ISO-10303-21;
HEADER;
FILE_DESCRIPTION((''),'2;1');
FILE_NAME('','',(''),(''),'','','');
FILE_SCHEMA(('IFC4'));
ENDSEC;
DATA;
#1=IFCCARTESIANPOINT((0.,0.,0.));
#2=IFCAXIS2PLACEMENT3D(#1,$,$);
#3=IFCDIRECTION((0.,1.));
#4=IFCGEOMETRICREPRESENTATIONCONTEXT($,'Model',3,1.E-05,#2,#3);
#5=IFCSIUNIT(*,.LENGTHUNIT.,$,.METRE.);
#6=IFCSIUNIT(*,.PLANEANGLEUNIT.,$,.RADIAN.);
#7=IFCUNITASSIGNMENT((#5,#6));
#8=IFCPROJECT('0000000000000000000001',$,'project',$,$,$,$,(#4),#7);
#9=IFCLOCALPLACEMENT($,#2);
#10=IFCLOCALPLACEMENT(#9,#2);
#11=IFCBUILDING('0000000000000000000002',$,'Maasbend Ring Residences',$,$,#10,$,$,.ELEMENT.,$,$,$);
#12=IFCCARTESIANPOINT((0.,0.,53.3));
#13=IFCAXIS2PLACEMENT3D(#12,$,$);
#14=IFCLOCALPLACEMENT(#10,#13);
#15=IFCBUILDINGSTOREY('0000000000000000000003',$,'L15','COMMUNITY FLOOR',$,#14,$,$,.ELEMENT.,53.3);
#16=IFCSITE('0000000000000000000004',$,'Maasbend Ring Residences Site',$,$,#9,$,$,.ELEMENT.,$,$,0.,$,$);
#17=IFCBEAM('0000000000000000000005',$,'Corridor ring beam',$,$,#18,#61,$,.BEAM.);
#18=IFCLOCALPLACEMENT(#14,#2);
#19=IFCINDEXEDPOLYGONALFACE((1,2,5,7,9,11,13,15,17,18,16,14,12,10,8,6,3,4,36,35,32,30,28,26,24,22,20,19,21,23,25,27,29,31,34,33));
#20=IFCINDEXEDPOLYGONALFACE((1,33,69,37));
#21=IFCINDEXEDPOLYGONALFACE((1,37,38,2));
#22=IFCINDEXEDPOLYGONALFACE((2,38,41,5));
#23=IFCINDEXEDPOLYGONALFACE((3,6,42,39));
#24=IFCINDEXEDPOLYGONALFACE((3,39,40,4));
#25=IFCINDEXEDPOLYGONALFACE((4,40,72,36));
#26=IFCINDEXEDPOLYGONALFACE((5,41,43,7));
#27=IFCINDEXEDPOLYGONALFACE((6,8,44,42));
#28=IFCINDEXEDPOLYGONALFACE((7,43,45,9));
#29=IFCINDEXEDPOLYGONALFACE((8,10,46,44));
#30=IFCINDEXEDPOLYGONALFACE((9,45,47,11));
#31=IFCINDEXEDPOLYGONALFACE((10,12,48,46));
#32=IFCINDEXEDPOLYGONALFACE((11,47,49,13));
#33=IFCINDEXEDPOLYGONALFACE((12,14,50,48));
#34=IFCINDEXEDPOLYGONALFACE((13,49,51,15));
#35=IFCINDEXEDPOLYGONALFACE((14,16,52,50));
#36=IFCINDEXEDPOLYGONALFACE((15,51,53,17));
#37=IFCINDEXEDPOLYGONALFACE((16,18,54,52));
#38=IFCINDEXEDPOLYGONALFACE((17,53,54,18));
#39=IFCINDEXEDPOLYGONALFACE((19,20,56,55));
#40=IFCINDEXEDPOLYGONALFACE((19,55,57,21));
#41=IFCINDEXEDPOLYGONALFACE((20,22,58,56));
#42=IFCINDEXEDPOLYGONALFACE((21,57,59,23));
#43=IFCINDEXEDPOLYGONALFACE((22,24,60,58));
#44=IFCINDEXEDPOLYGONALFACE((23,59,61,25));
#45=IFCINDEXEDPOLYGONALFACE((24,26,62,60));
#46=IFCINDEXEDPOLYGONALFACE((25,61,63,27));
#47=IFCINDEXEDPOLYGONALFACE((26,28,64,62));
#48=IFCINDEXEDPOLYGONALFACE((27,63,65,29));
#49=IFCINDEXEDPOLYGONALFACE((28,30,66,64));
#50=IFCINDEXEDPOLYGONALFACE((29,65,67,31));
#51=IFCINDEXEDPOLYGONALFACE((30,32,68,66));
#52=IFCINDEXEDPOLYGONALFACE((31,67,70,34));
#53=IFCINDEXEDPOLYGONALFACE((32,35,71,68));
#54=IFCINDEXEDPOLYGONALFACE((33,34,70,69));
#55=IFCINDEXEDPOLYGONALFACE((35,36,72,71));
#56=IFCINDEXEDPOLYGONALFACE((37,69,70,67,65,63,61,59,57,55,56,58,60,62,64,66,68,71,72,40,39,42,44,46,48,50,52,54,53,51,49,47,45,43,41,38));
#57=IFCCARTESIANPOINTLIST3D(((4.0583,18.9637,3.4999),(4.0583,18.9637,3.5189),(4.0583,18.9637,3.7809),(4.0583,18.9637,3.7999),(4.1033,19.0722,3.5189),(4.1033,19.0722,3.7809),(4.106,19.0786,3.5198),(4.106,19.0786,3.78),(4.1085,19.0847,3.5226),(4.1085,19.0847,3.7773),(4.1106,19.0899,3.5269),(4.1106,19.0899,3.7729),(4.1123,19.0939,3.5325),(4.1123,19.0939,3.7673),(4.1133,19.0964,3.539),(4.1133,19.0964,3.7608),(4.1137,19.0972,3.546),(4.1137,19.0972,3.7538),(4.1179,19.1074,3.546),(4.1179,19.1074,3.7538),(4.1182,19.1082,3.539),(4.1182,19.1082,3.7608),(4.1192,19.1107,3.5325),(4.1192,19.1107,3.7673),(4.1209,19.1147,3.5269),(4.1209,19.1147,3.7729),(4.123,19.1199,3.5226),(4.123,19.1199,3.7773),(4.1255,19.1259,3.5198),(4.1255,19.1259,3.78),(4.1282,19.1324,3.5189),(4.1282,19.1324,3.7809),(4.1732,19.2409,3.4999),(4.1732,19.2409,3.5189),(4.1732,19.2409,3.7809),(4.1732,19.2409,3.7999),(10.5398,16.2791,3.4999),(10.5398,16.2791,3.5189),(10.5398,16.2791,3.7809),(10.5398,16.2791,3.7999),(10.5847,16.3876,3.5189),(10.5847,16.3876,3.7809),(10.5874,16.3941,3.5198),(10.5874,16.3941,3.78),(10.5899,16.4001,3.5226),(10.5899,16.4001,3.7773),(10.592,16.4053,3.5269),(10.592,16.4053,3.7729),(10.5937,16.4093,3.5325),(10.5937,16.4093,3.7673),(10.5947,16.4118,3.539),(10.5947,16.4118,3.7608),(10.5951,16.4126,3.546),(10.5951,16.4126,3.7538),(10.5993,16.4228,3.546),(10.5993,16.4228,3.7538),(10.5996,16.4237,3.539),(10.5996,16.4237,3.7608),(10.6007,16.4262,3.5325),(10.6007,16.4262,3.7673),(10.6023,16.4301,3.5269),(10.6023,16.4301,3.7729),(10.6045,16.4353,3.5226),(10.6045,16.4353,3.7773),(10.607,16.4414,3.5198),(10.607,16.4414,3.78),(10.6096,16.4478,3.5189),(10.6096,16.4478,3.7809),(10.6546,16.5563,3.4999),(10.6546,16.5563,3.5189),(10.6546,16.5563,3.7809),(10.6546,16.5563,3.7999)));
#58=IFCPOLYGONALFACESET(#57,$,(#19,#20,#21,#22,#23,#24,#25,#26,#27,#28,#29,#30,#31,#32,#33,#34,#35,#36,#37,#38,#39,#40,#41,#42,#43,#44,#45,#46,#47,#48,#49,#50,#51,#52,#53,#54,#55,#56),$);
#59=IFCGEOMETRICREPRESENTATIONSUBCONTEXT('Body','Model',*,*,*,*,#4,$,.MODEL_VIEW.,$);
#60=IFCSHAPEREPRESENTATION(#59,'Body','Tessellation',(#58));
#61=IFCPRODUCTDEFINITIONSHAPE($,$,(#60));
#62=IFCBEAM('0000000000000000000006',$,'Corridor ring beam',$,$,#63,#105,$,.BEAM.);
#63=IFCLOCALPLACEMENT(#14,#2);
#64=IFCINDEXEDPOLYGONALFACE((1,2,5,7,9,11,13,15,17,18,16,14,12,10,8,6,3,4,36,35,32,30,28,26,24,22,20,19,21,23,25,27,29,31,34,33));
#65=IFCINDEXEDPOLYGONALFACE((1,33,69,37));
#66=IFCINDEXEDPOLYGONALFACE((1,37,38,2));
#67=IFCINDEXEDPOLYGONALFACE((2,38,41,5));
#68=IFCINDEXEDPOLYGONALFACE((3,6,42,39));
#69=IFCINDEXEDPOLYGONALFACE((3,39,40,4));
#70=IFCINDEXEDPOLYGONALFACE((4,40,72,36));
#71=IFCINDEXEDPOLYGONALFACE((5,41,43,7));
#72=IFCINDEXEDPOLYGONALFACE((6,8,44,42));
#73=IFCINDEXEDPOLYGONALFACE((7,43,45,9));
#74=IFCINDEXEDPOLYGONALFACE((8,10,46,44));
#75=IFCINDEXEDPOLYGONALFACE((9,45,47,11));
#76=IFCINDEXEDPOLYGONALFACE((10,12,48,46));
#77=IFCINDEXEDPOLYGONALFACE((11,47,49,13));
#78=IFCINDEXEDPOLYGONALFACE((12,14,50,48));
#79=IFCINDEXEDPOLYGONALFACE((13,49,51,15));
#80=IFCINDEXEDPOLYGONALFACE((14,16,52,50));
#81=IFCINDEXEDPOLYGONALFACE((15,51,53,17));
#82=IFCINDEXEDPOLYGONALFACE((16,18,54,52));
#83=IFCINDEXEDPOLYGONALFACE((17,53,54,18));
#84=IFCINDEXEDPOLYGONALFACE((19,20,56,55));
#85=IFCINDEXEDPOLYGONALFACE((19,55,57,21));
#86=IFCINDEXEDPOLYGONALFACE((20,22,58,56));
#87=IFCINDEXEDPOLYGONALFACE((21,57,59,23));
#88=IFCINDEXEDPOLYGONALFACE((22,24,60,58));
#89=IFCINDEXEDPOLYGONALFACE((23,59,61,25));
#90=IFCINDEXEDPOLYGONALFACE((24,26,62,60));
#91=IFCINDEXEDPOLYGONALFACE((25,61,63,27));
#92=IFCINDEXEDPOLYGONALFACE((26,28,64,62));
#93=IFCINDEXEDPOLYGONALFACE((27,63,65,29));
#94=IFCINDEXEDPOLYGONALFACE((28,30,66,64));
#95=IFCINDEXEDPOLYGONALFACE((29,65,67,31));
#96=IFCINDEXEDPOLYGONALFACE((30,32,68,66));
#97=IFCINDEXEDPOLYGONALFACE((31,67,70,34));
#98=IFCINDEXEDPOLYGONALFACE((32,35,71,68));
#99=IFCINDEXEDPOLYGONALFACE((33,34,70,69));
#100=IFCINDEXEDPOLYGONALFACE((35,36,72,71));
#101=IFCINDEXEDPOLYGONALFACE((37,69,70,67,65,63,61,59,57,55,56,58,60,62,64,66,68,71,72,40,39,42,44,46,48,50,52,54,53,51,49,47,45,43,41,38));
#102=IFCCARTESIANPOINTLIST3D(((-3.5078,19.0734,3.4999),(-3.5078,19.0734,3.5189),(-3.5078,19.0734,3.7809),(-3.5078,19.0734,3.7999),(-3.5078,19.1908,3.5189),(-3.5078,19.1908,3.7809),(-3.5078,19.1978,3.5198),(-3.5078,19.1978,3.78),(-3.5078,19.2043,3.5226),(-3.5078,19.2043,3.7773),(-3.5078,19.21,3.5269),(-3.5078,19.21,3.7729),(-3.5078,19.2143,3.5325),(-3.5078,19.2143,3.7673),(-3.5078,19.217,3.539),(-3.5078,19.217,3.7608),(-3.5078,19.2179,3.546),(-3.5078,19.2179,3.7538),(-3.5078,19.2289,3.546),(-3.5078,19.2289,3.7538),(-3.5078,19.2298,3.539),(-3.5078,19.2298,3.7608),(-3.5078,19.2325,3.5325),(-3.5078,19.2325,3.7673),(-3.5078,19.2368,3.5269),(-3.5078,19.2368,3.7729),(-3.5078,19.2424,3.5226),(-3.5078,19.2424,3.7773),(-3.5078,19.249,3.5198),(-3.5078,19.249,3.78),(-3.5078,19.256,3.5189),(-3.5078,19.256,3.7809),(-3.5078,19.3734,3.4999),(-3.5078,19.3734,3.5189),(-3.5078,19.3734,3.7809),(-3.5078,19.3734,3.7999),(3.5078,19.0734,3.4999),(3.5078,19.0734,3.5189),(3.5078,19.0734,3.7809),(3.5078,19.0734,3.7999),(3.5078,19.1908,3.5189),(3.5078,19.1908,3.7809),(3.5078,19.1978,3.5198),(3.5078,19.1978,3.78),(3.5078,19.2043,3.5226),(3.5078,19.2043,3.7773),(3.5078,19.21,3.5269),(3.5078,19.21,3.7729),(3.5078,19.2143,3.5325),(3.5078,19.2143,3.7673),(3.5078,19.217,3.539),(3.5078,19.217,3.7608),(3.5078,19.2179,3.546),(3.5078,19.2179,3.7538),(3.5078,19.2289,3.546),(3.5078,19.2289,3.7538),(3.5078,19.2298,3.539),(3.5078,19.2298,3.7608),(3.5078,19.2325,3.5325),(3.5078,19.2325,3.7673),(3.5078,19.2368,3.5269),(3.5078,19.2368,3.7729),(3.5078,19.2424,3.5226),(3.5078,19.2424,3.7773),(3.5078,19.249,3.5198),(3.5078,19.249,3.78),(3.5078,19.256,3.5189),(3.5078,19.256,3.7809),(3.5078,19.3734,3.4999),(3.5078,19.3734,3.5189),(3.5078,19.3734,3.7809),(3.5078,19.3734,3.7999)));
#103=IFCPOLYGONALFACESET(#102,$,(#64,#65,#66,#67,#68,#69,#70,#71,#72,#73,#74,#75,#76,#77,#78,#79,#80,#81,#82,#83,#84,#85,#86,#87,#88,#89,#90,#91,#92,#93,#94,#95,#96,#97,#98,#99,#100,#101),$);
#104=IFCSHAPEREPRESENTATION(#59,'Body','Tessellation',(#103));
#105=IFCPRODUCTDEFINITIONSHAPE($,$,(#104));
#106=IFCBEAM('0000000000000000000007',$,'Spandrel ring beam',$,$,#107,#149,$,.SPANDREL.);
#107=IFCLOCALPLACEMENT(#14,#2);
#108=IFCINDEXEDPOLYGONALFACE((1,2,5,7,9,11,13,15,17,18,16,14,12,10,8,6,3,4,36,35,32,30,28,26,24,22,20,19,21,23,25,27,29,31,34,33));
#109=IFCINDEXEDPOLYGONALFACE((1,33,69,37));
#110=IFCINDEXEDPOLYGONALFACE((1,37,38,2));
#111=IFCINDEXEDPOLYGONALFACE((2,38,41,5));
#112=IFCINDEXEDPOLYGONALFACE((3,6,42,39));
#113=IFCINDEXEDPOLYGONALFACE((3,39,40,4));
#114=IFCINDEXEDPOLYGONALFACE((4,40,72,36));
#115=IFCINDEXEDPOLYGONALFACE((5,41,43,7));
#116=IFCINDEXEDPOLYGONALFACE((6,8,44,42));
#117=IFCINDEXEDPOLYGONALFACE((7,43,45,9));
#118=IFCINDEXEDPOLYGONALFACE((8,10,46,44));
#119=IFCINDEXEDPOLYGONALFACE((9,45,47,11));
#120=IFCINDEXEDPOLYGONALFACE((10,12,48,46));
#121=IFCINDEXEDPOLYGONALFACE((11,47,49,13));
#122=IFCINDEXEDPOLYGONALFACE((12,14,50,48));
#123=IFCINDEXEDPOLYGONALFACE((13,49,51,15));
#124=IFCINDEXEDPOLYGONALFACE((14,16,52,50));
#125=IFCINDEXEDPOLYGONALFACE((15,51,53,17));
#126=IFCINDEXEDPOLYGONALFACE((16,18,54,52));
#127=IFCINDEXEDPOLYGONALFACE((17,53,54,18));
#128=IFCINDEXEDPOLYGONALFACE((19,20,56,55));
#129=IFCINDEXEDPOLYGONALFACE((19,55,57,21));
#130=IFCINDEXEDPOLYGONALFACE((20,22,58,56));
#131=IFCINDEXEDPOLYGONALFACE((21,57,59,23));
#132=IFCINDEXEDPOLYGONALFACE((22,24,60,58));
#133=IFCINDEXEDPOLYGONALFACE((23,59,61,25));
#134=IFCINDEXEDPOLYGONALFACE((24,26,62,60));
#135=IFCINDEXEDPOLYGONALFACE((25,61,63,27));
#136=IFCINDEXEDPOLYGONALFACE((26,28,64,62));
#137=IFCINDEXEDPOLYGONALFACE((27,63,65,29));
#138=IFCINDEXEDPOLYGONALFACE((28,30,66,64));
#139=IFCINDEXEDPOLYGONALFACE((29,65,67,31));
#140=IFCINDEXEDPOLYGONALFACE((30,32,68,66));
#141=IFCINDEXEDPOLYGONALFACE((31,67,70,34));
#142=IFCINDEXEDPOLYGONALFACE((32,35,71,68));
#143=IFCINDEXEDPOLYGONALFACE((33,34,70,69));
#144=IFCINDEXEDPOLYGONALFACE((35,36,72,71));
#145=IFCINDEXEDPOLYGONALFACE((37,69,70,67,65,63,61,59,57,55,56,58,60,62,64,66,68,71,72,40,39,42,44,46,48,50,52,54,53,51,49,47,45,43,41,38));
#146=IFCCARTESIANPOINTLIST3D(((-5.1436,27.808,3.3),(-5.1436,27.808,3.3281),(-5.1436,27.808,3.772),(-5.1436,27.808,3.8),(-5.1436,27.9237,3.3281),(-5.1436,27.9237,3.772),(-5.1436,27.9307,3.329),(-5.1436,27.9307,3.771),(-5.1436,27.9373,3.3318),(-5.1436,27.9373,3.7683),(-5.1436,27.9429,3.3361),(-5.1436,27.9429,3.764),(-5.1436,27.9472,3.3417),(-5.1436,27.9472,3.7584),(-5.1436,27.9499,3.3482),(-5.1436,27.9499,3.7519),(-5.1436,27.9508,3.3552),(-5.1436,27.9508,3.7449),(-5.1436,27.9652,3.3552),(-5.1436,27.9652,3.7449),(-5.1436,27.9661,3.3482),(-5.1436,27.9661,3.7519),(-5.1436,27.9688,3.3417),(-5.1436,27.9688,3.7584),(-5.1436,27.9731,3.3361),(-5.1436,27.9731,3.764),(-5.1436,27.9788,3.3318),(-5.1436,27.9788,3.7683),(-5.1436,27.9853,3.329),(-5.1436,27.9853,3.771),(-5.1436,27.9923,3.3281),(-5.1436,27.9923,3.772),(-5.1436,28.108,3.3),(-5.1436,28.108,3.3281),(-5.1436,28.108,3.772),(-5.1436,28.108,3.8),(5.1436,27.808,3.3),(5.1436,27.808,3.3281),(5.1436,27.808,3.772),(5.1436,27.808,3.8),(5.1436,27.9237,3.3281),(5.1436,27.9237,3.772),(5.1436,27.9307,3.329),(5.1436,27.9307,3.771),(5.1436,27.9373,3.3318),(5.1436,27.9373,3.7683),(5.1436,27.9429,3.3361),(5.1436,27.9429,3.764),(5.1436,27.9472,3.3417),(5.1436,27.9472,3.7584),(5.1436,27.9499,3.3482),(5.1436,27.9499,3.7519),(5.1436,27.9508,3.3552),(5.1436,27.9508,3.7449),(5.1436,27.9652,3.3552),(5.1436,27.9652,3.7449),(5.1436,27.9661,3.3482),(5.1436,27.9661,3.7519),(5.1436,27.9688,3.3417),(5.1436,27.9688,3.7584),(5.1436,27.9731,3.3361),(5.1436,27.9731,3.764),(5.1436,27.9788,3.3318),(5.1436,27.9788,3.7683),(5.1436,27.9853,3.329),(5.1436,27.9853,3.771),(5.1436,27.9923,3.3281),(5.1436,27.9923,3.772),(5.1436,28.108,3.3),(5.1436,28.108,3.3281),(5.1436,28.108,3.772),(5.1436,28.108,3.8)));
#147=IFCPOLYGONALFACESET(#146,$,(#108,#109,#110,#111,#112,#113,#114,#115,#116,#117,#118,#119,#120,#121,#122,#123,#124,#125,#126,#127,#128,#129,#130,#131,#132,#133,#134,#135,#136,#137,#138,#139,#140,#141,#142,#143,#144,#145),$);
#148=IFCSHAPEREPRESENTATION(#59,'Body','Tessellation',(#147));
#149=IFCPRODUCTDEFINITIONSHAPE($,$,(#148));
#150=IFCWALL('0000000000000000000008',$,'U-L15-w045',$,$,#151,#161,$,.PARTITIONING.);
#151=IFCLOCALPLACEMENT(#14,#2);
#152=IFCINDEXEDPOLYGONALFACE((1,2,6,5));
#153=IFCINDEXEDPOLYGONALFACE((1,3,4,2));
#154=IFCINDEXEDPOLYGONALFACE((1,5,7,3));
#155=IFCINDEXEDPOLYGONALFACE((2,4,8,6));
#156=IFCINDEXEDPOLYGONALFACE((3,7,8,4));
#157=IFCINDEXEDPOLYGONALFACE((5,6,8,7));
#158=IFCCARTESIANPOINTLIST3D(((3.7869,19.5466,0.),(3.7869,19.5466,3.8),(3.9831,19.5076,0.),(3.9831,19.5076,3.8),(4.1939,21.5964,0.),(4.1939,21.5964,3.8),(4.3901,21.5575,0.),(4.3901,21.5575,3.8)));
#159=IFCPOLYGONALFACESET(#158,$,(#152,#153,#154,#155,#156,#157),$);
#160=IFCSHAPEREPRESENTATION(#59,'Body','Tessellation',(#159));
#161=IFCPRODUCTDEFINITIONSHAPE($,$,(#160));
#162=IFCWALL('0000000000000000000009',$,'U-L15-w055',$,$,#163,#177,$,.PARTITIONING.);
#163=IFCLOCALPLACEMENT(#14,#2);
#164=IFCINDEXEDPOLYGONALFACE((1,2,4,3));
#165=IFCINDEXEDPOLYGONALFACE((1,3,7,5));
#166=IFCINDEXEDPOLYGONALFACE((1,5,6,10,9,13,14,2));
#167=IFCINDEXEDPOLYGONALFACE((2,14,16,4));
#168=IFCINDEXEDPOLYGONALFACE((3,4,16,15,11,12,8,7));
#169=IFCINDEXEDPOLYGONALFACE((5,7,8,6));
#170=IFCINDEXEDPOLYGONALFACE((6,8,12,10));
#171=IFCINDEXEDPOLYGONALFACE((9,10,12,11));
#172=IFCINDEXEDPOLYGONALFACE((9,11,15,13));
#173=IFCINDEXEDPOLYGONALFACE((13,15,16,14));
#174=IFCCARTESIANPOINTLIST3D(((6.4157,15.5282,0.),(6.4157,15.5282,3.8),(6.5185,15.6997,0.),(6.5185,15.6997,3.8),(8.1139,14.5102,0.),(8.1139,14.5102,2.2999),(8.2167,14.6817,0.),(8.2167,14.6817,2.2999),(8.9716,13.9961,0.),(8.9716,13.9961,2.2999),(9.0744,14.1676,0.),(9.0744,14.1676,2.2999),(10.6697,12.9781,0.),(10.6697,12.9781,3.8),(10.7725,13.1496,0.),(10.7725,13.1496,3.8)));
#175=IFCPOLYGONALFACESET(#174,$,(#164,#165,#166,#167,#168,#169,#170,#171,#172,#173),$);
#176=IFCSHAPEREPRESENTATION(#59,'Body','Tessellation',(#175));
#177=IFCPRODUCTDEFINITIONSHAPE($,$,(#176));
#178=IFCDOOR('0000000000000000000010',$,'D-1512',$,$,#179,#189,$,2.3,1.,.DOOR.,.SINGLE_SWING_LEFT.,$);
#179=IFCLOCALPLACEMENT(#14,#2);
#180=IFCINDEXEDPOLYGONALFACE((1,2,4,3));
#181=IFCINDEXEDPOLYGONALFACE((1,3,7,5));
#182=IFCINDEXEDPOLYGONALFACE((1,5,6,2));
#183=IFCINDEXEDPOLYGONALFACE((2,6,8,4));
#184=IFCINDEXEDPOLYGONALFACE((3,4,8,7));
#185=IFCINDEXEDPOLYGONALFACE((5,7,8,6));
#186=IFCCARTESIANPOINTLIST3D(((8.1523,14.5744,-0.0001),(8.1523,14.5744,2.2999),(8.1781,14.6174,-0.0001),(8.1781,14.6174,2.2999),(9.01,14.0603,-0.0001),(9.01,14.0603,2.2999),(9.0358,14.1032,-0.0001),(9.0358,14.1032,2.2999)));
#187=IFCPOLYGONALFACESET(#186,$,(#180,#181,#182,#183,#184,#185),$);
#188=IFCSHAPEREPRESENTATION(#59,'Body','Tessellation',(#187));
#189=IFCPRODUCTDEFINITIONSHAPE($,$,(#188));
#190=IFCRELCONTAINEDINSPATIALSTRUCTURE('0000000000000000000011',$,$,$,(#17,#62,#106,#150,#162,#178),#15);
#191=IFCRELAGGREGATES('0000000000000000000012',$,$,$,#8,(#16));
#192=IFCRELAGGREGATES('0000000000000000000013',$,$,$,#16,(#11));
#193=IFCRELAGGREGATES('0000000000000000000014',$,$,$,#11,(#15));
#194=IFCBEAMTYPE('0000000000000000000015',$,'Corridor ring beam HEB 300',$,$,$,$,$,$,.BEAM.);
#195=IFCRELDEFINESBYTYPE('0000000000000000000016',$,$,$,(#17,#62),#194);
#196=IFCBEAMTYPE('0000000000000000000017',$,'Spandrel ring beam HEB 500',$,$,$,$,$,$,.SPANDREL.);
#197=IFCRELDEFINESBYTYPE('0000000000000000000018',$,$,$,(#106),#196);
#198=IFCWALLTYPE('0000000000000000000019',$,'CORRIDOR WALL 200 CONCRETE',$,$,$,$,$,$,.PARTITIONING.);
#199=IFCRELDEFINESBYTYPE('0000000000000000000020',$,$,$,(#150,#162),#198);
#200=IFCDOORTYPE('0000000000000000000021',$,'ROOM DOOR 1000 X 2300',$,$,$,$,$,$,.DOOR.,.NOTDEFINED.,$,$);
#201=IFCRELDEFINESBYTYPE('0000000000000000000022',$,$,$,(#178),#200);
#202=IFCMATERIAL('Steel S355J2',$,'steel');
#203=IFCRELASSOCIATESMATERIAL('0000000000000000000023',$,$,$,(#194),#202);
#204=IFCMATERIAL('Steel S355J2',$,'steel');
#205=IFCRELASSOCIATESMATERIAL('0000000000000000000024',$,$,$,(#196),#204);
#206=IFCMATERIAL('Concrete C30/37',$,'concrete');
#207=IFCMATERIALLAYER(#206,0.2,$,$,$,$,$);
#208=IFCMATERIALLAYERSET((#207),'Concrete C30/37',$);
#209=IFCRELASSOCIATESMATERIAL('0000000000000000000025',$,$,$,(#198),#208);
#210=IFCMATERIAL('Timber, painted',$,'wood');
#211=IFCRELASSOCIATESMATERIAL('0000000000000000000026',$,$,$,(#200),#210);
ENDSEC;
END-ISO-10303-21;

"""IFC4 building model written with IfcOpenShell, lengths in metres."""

from ifc_helpers import new_model, si_unit, direction, frame, frame_2d, origin, origin_2d, place, context, subcontext, project, spatial, rectangle, i_section, extrude, material, layer, layer_set, material_profile, profile_set, type_object, element, fill, save


model = new_model("IFC4")

# Units and contexts
model_context = context("Model", 3, precision=1e-05, world=origin(), true_north=direction((0.0, 1.0)))
body_context = subcontext(model_context, "Body", "Model", "MODEL_VIEW")
ifc_project = project(units=[si_unit("LENGTHUNIT", "METRE"), si_unit("PLANEANGLEUNIT", "RADIAN")], contexts=[model_context])

# Site, building, storey
site_placement = place(None, origin())
site = spatial("IfcSite", under=ifc_project, at=site_placement, Name="Maasbend Ring Residences Site", CompositionType="ELEMENT", RefElevation=0.0)
building_placement = place(site_placement, origin())
building = spatial("IfcBuilding", under=site, at=building_placement, Name="Maasbend Ring Residences", CompositionType="ELEMENT")
storey_placement = place(building_placement, frame((0.0, 0.0, 53.3)))
storey = spatial("IfcBuildingStorey", under=building, at=storey_placement, Name="L15", Description="COMMUNITY FLOOR", CompositionType="ELEMENT", Elevation=53.3)

# Beams
ifc_material_1 = material(Name="Steel S355J2", Category="steel")
ifc_material_profile_1 = material_profile(ifc_material_1, i_section(OverallWidth=0.3, OverallDepth=0.3, WebThickness=0.011, FlangeThickness=0.019, FilletRadius=0.0271, at=origin_2d()), Name="HEB 300")
ifc_profile_set_1 = profile_set([ifc_material_profile_1], Name="Steel S355J2")
beam_type_1 = type_object("IfcBeamType", Name="Corridor ring beam HEB 300", PredefinedType="BEAM", material=ifc_profile_set_1)
beam_1_placement = place(storey_placement, frame((10.5972, 16.4177, 3.6499), z_axis=(-0.923886, 0.382667, 0.0), x_axis=(-0.382667, -0.923886, 0.0)))
element("IfcBeam", 1, at=beam_1_placement, inside=storey, type_object=beam_type_1, Name="Corridor ring beam", PredefinedType="BEAM", context=body_context, shape_type="SweptSolid", body=[
    extrude(i_section(OverallWidth=0.3, OverallDepth=0.3, WebThickness=0.011, FlangeThickness=0.019, FilletRadius=0.0271, at=origin_2d()), origin(), (0.0, 0.0, 1.0), 7.0154),
])
beam_2_placement = place(storey_placement, frame((3.5078, 19.2234, 3.6499), z_axis=(-1.0, 0.0, 0.0), x_axis=(0.0, -1.0, 0.0)))
element("IfcBeam", 2, at=beam_2_placement, inside=storey, type_object=beam_type_1, Name="Corridor ring beam", PredefinedType="BEAM", context=body_context, shape_type="SweptSolid", body=[
    extrude(i_section(OverallWidth=0.3, OverallDepth=0.3, WebThickness=0.011, FlangeThickness=0.019, FilletRadius=0.0271, at=origin_2d()), origin(), (0.0, 0.0, 1.0), 7.0156),
])
ifc_material_2 = material(Name="Steel S355J2", Category="steel")
ifc_material_profile_2 = material_profile(ifc_material_2, i_section(OverallWidth=0.3, OverallDepth=0.5, WebThickness=0.0144, FlangeThickness=0.0281, FilletRadius=0.0271, at=origin_2d()), Name="HEB 500")
ifc_profile_set_2 = profile_set([ifc_material_profile_2], Name="Steel S355J2")
beam_type_2 = type_object("IfcBeamType", Name="Spandrel ring beam HEB 500", PredefinedType="SPANDREL", material=ifc_profile_set_2)
beam_3_placement = place(storey_placement, frame((5.1436, 27.958, 3.55), z_axis=(-1.0, 0.0, 0.0), x_axis=(0.0, -1.0, 0.0)))
element("IfcBeam", 3, at=beam_3_placement, inside=storey, type_object=beam_type_2, Name="Spandrel ring beam", PredefinedType="SPANDREL", context=body_context, shape_type="SweptSolid", body=[
    extrude(i_section(OverallWidth=0.3, OverallDepth=0.5, WebThickness=0.0144, FlangeThickness=0.0281, FilletRadius=0.0271, at=origin_2d()), origin(), (0.0, 0.0, 1.0), 10.2871),
])

# Wall
ifc_material_3 = material(Name="Concrete C30/37", Category="concrete")
ifc_layer_1 = layer(ifc_material_3, 0.2)
ifc_layer_set_1 = layer_set([ifc_layer_1], Name="Concrete C30/37")
wall_type_1 = type_object("IfcWallType", Name="CORRIDOR WALL 200 CONCRETE", PredefinedType="PARTITIONING", material=ifc_layer_set_1)
wall_1_placement = place(storey_placement, frame((3.885, 19.5271, 0.0), z_axis=(0.0, 0.0, 1.0), x_axis=(0.194746, 0.980854, 0.0)))
element("IfcWall", 4, at=wall_1_placement, inside=storey, type_object=wall_type_1, Name="U-L15-w045", PredefinedType="PARTITIONING", context=body_context, shape_type="SweptSolid", body=[
    extrude(rectangle(XDim=2.0898, YDim=0.2, at=frame_2d((1.0449, 0.0))), origin(), (0.0, 0.0, 1.0), 3.8),
])

# Wall, opening, door
wall_2_placement = place(storey_placement, frame((6.467, 15.614, 0.0), z_axis=(0.0, 0.0, 1.0), x_axis=(0.857697, -0.514155, 0.0)))
wall_2 = element("IfcWall", 5, at=wall_2_placement, inside=storey, type_object=wall_type_1, Name="U-L15-w055", PredefinedType="PARTITIONING", context=body_context, shape_type="SweptSolid", body=[
    extrude(rectangle(XDim=4.9597, YDim=0.2, at=frame_2d((2.48, 0.0))), origin(), (0.0, 0.0, 1.0), 3.8),
])
opening_1_placement = place(wall_2_placement, frame((1.98, 0.0, 0.0)))
opening_1 = element("IfcOpeningElement", 6, at=opening_1_placement, cuts=wall_2, PredefinedType="OPENING", context=body_context, shape_type="SweptSolid", body=[
    extrude(rectangle(XDim=1.0, YDim=2.3, at=frame_2d((0.5, 1.1499))), frame((0.0, 0.1099, 0.0), z_axis=(0.0, -1.0, 0.0), x_axis=(1.0, 0.0, 0.0)), (0.0, 0.0, 1.0), 0.22),
])
ifc_material_4 = material(Name="Timber, painted", Category="wood")
door_type_1 = type_object("IfcDoorType", Name="ROOM DOOR 1000 X 2300", OperationType="NOTDEFINED", PredefinedType="DOOR", material=ifc_material_4)
door_1_placement = place(opening_1_placement, origin())
door_1 = element("IfcDoor", 7, at=door_1_placement, inside=storey, type_object=door_type_1, Name="D-1512", OperationType="SINGLE_SWING_LEFT", OverallHeight=2.3, OverallWidth=1.0, PredefinedType="DOOR", context=body_context, shape_type="SweptSolid", body=[
    extrude(rectangle(XDim=1.0, YDim=2.3, at=frame_2d((0.5, 1.1499))), frame((0.0, 0.0249, 0.0), z_axis=(0.0, -1.0, 0.0), x_axis=(1.0, 0.0, 0.0)), (0.0, 0.0, 1.0), 0.05),
])
fill(opening_1, door_1)

save(model, "model.ifc")
